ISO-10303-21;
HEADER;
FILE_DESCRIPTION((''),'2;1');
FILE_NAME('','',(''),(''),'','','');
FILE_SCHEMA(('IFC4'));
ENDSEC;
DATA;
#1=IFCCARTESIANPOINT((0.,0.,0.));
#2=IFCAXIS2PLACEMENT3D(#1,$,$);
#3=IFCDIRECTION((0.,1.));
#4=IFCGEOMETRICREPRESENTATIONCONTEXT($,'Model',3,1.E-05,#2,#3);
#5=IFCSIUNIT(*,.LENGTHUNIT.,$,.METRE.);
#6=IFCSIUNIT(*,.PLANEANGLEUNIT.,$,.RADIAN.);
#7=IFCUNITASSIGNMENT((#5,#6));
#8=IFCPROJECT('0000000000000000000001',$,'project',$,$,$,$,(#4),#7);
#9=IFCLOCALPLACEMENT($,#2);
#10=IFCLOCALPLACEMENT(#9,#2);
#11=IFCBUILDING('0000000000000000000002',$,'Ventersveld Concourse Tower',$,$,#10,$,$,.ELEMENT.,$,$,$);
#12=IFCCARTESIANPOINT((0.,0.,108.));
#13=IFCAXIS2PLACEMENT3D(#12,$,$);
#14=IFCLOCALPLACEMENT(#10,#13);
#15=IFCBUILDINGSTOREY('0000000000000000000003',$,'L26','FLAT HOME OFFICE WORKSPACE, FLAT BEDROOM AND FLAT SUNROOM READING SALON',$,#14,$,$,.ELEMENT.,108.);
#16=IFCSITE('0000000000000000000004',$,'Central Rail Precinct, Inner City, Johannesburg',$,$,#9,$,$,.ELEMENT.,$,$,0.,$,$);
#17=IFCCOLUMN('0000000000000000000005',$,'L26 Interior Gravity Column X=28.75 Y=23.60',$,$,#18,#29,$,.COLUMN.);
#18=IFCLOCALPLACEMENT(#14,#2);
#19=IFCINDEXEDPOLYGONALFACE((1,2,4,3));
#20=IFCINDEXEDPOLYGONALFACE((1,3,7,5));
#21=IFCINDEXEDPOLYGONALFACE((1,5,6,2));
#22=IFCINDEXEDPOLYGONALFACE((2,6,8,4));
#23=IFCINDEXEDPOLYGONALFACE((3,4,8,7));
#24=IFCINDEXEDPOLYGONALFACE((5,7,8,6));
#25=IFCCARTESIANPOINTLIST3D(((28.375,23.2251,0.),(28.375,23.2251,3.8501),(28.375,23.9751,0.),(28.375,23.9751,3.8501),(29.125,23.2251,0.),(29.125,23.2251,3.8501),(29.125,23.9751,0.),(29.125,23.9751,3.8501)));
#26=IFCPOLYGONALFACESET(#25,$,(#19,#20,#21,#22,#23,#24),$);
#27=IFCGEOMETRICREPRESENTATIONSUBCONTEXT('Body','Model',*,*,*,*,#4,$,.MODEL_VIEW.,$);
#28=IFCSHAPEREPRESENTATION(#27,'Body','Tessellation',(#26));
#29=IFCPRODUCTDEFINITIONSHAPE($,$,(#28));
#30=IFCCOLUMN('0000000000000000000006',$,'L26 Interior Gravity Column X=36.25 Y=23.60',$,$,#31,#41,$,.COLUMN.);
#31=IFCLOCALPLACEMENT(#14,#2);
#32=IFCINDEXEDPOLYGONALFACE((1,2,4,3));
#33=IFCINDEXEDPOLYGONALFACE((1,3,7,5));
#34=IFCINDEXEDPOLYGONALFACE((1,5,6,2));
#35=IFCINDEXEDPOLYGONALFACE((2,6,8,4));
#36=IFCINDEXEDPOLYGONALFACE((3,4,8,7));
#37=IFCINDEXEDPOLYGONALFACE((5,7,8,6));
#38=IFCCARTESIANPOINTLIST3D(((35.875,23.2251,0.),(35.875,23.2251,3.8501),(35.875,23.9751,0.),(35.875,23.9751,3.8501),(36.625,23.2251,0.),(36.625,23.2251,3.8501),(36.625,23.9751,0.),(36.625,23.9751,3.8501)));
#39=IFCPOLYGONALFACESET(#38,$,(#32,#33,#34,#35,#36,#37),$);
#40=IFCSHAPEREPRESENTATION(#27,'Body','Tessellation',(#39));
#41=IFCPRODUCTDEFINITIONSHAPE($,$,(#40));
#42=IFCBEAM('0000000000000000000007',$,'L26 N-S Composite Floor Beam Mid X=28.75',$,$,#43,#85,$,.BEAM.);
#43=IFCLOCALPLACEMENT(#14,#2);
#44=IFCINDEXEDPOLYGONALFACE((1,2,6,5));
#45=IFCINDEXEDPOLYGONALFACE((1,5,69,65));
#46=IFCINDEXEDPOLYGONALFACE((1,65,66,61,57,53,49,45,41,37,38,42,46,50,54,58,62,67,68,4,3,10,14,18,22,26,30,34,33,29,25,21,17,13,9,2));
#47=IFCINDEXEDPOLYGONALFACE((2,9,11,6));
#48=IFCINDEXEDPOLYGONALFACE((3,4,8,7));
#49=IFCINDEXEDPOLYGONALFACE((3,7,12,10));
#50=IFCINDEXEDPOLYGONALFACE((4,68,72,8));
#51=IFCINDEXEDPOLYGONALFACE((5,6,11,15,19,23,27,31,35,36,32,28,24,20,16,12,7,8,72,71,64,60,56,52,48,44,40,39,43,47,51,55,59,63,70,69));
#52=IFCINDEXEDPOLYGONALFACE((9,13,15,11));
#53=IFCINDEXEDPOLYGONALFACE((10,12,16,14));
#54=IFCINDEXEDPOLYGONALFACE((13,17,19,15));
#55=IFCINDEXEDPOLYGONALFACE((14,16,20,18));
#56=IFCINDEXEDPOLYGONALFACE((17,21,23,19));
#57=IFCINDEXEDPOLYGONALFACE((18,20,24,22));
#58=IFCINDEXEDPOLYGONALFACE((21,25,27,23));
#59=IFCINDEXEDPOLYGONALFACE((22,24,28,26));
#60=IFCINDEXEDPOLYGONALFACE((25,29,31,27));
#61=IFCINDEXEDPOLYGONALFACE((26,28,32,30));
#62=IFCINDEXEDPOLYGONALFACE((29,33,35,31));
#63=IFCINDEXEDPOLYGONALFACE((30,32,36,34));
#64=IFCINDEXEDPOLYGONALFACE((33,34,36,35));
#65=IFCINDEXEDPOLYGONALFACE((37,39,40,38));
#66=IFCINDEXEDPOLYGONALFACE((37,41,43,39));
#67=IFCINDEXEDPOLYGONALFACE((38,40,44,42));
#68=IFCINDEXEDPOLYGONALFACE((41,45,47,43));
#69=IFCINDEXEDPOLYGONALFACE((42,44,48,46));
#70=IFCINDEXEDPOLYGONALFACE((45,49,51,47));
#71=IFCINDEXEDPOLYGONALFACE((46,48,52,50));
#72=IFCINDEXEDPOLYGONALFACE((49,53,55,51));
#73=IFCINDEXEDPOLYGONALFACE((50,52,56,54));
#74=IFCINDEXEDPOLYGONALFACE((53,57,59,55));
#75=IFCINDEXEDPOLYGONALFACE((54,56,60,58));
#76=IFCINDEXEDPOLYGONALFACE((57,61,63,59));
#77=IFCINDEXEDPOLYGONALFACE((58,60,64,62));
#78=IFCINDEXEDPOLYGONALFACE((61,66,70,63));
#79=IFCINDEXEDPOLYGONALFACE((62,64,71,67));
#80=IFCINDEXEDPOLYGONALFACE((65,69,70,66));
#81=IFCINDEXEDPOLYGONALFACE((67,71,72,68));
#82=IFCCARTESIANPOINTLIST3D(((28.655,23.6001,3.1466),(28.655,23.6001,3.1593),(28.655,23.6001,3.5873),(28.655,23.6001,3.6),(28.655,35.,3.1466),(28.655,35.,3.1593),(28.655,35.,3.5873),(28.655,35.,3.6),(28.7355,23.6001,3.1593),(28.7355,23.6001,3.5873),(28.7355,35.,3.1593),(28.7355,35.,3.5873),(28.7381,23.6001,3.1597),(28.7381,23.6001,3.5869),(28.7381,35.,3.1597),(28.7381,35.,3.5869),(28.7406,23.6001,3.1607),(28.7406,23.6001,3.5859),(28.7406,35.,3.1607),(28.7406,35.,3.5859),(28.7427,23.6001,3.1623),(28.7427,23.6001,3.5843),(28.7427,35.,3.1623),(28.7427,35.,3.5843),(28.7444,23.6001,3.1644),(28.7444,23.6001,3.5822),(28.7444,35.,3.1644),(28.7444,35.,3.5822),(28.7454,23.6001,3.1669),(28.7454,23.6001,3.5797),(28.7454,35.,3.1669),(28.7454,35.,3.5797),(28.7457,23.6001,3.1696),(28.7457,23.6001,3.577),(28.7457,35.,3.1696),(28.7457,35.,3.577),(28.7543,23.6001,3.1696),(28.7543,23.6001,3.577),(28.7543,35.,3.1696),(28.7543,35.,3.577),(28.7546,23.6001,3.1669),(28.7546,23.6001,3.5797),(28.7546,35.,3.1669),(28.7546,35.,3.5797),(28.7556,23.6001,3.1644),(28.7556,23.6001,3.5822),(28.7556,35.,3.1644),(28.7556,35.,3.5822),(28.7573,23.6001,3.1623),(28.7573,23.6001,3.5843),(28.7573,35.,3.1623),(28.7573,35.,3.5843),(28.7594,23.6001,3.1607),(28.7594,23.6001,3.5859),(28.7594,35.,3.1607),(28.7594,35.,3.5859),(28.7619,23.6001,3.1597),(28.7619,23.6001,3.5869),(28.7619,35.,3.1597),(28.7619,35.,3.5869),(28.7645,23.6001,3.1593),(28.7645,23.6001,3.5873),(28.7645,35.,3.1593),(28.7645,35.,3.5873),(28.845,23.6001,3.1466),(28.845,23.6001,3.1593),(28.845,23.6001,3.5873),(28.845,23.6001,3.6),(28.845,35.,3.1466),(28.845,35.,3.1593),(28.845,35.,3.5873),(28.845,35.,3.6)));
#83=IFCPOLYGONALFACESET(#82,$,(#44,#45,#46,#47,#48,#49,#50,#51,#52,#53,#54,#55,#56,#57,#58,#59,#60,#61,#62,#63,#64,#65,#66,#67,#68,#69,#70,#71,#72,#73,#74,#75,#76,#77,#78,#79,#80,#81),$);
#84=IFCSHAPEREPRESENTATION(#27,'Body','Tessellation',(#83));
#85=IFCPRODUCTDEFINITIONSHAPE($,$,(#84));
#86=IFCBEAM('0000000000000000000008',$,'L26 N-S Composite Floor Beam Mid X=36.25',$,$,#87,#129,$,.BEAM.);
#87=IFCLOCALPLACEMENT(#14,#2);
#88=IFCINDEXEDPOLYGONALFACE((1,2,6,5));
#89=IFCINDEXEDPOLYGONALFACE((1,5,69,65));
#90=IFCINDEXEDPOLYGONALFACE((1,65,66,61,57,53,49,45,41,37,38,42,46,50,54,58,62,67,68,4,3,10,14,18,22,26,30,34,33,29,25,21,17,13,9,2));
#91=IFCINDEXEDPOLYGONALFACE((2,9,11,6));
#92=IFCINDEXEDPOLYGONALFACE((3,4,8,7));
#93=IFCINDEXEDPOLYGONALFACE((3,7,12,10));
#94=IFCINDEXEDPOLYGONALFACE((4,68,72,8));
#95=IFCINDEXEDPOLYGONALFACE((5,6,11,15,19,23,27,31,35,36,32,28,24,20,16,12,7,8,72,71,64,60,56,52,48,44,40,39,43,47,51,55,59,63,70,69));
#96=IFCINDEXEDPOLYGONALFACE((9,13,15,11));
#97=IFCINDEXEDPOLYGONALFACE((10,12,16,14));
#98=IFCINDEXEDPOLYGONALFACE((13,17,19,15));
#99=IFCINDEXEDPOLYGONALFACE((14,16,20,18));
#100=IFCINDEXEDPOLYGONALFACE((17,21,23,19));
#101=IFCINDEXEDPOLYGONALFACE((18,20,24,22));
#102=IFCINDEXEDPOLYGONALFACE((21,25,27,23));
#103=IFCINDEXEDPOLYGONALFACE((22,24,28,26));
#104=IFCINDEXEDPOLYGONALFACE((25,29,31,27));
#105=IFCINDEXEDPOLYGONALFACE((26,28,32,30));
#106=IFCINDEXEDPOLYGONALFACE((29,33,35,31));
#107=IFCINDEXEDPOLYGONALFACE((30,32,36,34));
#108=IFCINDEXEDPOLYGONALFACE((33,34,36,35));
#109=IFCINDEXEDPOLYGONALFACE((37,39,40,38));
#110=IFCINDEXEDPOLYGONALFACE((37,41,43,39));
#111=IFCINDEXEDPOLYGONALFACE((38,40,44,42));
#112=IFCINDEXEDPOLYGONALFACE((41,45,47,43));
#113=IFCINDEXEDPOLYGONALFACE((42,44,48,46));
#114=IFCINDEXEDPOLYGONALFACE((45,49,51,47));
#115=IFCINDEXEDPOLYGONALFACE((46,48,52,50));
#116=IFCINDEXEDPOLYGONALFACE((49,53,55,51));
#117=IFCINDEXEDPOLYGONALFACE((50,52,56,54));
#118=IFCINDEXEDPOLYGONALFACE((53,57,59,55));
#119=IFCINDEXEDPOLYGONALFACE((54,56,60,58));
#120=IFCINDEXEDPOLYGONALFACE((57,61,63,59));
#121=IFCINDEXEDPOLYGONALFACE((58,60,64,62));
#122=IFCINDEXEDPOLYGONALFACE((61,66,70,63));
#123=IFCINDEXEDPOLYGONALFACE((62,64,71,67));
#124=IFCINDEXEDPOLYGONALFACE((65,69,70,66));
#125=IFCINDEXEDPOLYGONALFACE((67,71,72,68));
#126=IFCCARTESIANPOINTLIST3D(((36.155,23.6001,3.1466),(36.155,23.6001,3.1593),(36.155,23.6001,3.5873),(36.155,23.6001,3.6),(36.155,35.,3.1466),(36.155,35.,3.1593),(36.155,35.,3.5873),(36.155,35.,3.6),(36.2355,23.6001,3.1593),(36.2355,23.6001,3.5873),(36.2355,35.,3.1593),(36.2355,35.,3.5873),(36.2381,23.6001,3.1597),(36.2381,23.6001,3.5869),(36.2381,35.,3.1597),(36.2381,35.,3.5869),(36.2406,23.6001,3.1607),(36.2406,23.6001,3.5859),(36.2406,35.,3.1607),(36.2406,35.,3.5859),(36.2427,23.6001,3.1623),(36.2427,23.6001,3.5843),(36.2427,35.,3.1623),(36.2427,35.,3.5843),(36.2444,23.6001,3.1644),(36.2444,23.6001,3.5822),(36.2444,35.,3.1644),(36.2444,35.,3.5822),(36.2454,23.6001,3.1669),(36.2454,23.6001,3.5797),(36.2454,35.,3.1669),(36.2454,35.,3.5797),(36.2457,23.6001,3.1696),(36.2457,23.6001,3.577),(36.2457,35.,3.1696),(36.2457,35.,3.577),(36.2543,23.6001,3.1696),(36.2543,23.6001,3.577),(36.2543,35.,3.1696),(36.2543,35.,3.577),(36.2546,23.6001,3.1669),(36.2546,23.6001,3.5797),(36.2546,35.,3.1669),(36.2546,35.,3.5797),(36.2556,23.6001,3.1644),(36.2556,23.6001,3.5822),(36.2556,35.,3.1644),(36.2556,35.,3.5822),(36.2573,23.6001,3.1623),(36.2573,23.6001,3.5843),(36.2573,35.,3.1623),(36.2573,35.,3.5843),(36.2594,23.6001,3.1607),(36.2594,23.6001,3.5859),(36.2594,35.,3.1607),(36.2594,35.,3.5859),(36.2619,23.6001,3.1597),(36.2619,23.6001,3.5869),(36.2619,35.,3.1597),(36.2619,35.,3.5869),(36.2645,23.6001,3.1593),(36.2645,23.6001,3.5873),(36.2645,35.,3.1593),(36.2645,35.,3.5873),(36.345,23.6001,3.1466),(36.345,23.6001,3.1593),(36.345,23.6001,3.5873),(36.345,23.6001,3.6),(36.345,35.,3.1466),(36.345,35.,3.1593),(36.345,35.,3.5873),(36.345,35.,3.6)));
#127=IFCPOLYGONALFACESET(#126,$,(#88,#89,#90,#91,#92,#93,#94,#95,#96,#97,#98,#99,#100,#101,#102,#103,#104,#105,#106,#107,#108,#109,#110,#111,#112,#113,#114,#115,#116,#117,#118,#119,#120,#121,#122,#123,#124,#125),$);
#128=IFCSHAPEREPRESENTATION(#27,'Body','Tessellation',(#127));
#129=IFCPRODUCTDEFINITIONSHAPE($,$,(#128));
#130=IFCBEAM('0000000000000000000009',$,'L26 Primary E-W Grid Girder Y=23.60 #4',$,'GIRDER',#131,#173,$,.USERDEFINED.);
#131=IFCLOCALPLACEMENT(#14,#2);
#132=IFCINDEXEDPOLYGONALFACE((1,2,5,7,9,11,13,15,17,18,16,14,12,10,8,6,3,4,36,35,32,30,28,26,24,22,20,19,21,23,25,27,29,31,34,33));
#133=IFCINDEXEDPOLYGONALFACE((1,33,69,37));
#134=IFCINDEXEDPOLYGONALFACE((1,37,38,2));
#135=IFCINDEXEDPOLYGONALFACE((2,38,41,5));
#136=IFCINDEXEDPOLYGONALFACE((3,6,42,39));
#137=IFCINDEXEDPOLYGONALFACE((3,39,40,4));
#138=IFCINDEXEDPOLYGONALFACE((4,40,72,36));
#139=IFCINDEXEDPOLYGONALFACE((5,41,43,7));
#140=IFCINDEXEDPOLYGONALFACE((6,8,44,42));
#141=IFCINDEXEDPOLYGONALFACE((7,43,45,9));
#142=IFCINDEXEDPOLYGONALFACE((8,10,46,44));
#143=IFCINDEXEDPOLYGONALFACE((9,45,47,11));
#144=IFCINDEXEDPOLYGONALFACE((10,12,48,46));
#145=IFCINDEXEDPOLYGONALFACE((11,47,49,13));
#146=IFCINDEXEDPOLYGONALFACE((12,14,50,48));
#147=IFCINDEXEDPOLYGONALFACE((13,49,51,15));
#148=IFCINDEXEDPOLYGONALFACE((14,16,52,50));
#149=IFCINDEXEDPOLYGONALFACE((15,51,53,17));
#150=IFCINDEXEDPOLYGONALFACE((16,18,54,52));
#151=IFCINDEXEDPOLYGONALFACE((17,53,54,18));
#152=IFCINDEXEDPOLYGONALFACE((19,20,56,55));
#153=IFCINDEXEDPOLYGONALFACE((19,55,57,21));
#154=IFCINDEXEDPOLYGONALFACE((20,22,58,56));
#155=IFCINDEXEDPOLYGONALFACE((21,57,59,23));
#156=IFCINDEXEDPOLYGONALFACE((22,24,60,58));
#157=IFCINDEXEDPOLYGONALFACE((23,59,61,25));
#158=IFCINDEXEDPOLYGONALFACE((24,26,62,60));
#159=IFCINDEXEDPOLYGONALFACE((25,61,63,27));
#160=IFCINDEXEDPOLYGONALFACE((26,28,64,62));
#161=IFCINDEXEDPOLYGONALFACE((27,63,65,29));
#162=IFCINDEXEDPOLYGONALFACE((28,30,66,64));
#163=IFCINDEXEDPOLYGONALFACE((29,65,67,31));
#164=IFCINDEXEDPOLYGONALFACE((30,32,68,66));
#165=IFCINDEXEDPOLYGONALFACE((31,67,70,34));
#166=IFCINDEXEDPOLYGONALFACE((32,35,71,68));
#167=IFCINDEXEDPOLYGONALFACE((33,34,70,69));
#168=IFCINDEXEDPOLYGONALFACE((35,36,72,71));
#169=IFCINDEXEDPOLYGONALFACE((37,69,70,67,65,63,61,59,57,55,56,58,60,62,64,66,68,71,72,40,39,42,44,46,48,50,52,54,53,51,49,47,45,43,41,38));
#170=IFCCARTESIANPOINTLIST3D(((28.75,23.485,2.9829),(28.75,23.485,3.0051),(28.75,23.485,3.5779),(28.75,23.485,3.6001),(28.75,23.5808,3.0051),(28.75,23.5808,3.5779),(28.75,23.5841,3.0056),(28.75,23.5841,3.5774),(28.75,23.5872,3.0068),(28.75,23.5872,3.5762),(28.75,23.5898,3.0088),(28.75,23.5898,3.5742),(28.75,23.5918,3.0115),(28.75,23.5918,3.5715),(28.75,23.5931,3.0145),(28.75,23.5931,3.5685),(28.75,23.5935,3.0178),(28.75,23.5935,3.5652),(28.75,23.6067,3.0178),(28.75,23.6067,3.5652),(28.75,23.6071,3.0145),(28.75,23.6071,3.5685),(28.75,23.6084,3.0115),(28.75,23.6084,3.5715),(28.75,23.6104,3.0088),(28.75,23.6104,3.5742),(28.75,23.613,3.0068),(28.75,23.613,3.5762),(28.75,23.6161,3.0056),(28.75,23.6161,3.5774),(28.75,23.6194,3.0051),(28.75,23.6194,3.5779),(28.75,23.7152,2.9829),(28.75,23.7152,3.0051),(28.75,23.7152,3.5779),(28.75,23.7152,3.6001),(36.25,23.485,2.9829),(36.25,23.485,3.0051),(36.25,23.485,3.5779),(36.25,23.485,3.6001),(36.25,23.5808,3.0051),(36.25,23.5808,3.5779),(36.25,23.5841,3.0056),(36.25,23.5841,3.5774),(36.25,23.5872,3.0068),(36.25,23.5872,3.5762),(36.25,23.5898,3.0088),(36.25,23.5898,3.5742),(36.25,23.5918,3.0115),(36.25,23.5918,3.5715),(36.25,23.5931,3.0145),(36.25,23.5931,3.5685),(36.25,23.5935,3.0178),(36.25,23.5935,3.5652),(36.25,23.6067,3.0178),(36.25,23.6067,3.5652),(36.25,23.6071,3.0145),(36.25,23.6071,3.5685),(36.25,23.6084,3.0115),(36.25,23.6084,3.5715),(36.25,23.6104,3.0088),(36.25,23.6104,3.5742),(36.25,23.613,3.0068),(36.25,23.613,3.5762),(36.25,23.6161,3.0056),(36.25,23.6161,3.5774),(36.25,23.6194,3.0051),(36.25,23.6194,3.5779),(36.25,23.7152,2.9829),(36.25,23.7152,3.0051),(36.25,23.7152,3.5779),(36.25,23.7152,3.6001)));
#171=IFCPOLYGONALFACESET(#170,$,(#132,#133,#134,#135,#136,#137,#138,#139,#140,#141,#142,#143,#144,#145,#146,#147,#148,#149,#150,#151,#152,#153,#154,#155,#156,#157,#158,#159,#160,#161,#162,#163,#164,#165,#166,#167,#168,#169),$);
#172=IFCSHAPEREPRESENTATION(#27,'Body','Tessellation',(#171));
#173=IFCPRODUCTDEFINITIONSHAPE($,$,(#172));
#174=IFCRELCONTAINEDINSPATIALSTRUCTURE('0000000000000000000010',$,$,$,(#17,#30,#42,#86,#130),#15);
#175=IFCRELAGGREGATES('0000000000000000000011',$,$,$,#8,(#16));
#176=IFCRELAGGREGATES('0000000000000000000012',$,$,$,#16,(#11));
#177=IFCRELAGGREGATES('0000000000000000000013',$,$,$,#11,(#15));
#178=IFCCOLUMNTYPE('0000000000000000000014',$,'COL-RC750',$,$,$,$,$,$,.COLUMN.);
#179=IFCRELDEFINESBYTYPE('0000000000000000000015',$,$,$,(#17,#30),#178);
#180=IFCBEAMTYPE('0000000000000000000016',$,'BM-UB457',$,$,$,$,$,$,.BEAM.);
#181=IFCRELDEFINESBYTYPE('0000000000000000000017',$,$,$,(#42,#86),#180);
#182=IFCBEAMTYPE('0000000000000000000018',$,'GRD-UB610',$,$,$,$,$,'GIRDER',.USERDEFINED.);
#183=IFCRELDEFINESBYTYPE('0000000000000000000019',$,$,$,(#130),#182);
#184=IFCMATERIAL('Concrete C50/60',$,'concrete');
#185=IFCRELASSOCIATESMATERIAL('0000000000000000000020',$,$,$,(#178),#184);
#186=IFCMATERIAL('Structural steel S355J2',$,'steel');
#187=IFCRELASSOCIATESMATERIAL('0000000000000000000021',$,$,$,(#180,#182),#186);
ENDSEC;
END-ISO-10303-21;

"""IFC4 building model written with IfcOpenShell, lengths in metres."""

from ifc_helpers import new_model, si_unit, direction, frame, origin, origin_2d, place, context, subcontext, project, spatial, rectangle, i_section, extrude, material, material_profile, profile_set, type_object, element, save


model = new_model("IFC4")

# Units and contexts
model_context = context("Model", 3, precision=1e-05, world=origin(), true_north=direction((0.0, 1.0)))
body_context = subcontext(model_context, "Body", "Model", "MODEL_VIEW")
ifc_project = project(units=[si_unit("LENGTHUNIT", "METRE"), si_unit("PLANEANGLEUNIT", "RADIAN")], contexts=[model_context])

# Site, building, storey
site_placement = place(None, origin())
site = spatial("IfcSite", under=ifc_project, at=site_placement, Name="Central Rail Precinct, Inner City, Johannesburg", CompositionType="ELEMENT", RefElevation=0.0)
building_placement = place(site_placement, origin())
building = spatial("IfcBuilding", under=site, at=building_placement, Name="Ventersveld Concourse Tower", CompositionType="ELEMENT")
storey_placement = place(building_placement, frame((0.0, 0.0, 108.0)))
storey = spatial("IfcBuildingStorey", under=building, at=storey_placement, Name="L26", Description="FLAT HOME OFFICE WORKSPACE, FLAT BEDROOM AND FLAT SUNROOM READING SALON", CompositionType="ELEMENT", Elevation=108.0)

# Columns
ifc_material_1 = material(Name="Concrete C50/60", Category="concrete")
ifc_material_profile_1 = material_profile(ifc_material_1, rectangle(XDim=0.75, YDim=0.75, at=origin_2d()), Name="RC 750x750")
ifc_profile_set_1 = profile_set([ifc_material_profile_1], Name="Concrete C50/60")
column_type = type_object("IfcColumnType", Name="COL-RC750", PredefinedType="COLUMN", material=ifc_profile_set_1)
for number, where, z_axis, x_axis, name in (
    (1, (28.75, 23.6001, 0.0), (0.0, 0.0, 1.0), (1.0, 0.0, 0.0), "L26 Interior Gravity Column X=28.75 Y=23.60"),
    (2, (36.25, 23.6001, 0.0), (0.0, 0.0, 1.0), (1.0, 0.0, 0.0), "L26 Interior Gravity Column X=36.25 Y=23.60"),
):
    element("IfcColumn", number, at=place(storey_placement, frame(where, z_axis=z_axis, x_axis=x_axis)), inside=storey, type_object=column_type, Name=name, PredefinedType="COLUMN", context=body_context, shape_type="SweptSolid", body=[
        extrude(rectangle(XDim=0.75, YDim=0.75, at=origin_2d()), origin(), (0.0, 0.0, 1.0), 3.8501),
    ])

# Beams
ifc_material_2 = material(Name="Structural steel S355J2", Category="steel")
ifc_material_profile_2 = material_profile(ifc_material_2, i_section(OverallWidth=0.1899, OverallDepth=0.4534, WebThickness=0.0085, FlangeThickness=0.0127, FilletRadius=0.0103, at=origin_2d()), Name="UB 457x191x67")
ifc_profile_set_2 = profile_set([ifc_material_profile_2], Name="Structural steel S355J2")
beam_type_1 = type_object("IfcBeamType", Name="BM-UB457", PredefinedType="BEAM", material=ifc_profile_set_2)
for number, where, z_axis, x_axis, name in (
    (3, (28.75, 23.6001, 3.3733), (0.0, 1.0, 0.0), (-1.0, 0.0, 0.0), "L26 N-S Composite Floor Beam Mid X=28.75"),
    (4, (36.25, 23.6001, 3.3733), (0.0, 1.0, 0.0), (-1.0, 0.0, 0.0), "L26 N-S Composite Floor Beam Mid X=36.25"),
):
    element("IfcBeam", number, at=place(storey_placement, frame(where, z_axis=z_axis, x_axis=x_axis)), inside=storey, type_object=beam_type_1, Name=name, PredefinedType="BEAM", context=body_context, shape_type="SweptSolid", body=[
        extrude(i_section(OverallWidth=0.1899, OverallDepth=0.4534, WebThickness=0.0085, FlangeThickness=0.0127, FilletRadius=0.0103, at=origin_2d()), origin(), (0.0, 0.0, 1.0), 11.3999),
    ])
ifc_material_profile_3 = material_profile(ifc_material_2, i_section(OverallWidth=0.2302, OverallDepth=0.6172, WebThickness=0.0132, FlangeThickness=0.0222, FilletRadius=0.0127, at=origin_2d()), Name="UB 610x229x140")
ifc_profile_set_3 = profile_set([ifc_material_profile_3], Name="Structural steel S355J2")
beam_type_2 = type_object("IfcBeamType", Name="GRD-UB610", ElementType="GIRDER", PredefinedType="USERDEFINED", material=ifc_profile_set_3)
for number, where, z_axis, x_axis, name in (
    (5, (28.75, 23.6001, 3.2915), (1.0, 0.0, 0.0), (0.0, 1.0, 0.0), "L26 Primary E-W Grid Girder Y=23.60 #4"),
):
    element("IfcBeam", number, at=place(storey_placement, frame(where, z_axis=z_axis, x_axis=x_axis)), inside=storey, type_object=beam_type_2, Name=name, ObjectType="GIRDER", PredefinedType="USERDEFINED", context=body_context, shape_type="SweptSolid", body=[
        extrude(i_section(OverallWidth=0.2302, OverallDepth=0.6172, WebThickness=0.0132, FlangeThickness=0.0222, FilletRadius=0.0127, at=origin_2d()), origin(), (0.0, 0.0, 1.0), 7.5),
    ])

save(model, "model.ifc")
